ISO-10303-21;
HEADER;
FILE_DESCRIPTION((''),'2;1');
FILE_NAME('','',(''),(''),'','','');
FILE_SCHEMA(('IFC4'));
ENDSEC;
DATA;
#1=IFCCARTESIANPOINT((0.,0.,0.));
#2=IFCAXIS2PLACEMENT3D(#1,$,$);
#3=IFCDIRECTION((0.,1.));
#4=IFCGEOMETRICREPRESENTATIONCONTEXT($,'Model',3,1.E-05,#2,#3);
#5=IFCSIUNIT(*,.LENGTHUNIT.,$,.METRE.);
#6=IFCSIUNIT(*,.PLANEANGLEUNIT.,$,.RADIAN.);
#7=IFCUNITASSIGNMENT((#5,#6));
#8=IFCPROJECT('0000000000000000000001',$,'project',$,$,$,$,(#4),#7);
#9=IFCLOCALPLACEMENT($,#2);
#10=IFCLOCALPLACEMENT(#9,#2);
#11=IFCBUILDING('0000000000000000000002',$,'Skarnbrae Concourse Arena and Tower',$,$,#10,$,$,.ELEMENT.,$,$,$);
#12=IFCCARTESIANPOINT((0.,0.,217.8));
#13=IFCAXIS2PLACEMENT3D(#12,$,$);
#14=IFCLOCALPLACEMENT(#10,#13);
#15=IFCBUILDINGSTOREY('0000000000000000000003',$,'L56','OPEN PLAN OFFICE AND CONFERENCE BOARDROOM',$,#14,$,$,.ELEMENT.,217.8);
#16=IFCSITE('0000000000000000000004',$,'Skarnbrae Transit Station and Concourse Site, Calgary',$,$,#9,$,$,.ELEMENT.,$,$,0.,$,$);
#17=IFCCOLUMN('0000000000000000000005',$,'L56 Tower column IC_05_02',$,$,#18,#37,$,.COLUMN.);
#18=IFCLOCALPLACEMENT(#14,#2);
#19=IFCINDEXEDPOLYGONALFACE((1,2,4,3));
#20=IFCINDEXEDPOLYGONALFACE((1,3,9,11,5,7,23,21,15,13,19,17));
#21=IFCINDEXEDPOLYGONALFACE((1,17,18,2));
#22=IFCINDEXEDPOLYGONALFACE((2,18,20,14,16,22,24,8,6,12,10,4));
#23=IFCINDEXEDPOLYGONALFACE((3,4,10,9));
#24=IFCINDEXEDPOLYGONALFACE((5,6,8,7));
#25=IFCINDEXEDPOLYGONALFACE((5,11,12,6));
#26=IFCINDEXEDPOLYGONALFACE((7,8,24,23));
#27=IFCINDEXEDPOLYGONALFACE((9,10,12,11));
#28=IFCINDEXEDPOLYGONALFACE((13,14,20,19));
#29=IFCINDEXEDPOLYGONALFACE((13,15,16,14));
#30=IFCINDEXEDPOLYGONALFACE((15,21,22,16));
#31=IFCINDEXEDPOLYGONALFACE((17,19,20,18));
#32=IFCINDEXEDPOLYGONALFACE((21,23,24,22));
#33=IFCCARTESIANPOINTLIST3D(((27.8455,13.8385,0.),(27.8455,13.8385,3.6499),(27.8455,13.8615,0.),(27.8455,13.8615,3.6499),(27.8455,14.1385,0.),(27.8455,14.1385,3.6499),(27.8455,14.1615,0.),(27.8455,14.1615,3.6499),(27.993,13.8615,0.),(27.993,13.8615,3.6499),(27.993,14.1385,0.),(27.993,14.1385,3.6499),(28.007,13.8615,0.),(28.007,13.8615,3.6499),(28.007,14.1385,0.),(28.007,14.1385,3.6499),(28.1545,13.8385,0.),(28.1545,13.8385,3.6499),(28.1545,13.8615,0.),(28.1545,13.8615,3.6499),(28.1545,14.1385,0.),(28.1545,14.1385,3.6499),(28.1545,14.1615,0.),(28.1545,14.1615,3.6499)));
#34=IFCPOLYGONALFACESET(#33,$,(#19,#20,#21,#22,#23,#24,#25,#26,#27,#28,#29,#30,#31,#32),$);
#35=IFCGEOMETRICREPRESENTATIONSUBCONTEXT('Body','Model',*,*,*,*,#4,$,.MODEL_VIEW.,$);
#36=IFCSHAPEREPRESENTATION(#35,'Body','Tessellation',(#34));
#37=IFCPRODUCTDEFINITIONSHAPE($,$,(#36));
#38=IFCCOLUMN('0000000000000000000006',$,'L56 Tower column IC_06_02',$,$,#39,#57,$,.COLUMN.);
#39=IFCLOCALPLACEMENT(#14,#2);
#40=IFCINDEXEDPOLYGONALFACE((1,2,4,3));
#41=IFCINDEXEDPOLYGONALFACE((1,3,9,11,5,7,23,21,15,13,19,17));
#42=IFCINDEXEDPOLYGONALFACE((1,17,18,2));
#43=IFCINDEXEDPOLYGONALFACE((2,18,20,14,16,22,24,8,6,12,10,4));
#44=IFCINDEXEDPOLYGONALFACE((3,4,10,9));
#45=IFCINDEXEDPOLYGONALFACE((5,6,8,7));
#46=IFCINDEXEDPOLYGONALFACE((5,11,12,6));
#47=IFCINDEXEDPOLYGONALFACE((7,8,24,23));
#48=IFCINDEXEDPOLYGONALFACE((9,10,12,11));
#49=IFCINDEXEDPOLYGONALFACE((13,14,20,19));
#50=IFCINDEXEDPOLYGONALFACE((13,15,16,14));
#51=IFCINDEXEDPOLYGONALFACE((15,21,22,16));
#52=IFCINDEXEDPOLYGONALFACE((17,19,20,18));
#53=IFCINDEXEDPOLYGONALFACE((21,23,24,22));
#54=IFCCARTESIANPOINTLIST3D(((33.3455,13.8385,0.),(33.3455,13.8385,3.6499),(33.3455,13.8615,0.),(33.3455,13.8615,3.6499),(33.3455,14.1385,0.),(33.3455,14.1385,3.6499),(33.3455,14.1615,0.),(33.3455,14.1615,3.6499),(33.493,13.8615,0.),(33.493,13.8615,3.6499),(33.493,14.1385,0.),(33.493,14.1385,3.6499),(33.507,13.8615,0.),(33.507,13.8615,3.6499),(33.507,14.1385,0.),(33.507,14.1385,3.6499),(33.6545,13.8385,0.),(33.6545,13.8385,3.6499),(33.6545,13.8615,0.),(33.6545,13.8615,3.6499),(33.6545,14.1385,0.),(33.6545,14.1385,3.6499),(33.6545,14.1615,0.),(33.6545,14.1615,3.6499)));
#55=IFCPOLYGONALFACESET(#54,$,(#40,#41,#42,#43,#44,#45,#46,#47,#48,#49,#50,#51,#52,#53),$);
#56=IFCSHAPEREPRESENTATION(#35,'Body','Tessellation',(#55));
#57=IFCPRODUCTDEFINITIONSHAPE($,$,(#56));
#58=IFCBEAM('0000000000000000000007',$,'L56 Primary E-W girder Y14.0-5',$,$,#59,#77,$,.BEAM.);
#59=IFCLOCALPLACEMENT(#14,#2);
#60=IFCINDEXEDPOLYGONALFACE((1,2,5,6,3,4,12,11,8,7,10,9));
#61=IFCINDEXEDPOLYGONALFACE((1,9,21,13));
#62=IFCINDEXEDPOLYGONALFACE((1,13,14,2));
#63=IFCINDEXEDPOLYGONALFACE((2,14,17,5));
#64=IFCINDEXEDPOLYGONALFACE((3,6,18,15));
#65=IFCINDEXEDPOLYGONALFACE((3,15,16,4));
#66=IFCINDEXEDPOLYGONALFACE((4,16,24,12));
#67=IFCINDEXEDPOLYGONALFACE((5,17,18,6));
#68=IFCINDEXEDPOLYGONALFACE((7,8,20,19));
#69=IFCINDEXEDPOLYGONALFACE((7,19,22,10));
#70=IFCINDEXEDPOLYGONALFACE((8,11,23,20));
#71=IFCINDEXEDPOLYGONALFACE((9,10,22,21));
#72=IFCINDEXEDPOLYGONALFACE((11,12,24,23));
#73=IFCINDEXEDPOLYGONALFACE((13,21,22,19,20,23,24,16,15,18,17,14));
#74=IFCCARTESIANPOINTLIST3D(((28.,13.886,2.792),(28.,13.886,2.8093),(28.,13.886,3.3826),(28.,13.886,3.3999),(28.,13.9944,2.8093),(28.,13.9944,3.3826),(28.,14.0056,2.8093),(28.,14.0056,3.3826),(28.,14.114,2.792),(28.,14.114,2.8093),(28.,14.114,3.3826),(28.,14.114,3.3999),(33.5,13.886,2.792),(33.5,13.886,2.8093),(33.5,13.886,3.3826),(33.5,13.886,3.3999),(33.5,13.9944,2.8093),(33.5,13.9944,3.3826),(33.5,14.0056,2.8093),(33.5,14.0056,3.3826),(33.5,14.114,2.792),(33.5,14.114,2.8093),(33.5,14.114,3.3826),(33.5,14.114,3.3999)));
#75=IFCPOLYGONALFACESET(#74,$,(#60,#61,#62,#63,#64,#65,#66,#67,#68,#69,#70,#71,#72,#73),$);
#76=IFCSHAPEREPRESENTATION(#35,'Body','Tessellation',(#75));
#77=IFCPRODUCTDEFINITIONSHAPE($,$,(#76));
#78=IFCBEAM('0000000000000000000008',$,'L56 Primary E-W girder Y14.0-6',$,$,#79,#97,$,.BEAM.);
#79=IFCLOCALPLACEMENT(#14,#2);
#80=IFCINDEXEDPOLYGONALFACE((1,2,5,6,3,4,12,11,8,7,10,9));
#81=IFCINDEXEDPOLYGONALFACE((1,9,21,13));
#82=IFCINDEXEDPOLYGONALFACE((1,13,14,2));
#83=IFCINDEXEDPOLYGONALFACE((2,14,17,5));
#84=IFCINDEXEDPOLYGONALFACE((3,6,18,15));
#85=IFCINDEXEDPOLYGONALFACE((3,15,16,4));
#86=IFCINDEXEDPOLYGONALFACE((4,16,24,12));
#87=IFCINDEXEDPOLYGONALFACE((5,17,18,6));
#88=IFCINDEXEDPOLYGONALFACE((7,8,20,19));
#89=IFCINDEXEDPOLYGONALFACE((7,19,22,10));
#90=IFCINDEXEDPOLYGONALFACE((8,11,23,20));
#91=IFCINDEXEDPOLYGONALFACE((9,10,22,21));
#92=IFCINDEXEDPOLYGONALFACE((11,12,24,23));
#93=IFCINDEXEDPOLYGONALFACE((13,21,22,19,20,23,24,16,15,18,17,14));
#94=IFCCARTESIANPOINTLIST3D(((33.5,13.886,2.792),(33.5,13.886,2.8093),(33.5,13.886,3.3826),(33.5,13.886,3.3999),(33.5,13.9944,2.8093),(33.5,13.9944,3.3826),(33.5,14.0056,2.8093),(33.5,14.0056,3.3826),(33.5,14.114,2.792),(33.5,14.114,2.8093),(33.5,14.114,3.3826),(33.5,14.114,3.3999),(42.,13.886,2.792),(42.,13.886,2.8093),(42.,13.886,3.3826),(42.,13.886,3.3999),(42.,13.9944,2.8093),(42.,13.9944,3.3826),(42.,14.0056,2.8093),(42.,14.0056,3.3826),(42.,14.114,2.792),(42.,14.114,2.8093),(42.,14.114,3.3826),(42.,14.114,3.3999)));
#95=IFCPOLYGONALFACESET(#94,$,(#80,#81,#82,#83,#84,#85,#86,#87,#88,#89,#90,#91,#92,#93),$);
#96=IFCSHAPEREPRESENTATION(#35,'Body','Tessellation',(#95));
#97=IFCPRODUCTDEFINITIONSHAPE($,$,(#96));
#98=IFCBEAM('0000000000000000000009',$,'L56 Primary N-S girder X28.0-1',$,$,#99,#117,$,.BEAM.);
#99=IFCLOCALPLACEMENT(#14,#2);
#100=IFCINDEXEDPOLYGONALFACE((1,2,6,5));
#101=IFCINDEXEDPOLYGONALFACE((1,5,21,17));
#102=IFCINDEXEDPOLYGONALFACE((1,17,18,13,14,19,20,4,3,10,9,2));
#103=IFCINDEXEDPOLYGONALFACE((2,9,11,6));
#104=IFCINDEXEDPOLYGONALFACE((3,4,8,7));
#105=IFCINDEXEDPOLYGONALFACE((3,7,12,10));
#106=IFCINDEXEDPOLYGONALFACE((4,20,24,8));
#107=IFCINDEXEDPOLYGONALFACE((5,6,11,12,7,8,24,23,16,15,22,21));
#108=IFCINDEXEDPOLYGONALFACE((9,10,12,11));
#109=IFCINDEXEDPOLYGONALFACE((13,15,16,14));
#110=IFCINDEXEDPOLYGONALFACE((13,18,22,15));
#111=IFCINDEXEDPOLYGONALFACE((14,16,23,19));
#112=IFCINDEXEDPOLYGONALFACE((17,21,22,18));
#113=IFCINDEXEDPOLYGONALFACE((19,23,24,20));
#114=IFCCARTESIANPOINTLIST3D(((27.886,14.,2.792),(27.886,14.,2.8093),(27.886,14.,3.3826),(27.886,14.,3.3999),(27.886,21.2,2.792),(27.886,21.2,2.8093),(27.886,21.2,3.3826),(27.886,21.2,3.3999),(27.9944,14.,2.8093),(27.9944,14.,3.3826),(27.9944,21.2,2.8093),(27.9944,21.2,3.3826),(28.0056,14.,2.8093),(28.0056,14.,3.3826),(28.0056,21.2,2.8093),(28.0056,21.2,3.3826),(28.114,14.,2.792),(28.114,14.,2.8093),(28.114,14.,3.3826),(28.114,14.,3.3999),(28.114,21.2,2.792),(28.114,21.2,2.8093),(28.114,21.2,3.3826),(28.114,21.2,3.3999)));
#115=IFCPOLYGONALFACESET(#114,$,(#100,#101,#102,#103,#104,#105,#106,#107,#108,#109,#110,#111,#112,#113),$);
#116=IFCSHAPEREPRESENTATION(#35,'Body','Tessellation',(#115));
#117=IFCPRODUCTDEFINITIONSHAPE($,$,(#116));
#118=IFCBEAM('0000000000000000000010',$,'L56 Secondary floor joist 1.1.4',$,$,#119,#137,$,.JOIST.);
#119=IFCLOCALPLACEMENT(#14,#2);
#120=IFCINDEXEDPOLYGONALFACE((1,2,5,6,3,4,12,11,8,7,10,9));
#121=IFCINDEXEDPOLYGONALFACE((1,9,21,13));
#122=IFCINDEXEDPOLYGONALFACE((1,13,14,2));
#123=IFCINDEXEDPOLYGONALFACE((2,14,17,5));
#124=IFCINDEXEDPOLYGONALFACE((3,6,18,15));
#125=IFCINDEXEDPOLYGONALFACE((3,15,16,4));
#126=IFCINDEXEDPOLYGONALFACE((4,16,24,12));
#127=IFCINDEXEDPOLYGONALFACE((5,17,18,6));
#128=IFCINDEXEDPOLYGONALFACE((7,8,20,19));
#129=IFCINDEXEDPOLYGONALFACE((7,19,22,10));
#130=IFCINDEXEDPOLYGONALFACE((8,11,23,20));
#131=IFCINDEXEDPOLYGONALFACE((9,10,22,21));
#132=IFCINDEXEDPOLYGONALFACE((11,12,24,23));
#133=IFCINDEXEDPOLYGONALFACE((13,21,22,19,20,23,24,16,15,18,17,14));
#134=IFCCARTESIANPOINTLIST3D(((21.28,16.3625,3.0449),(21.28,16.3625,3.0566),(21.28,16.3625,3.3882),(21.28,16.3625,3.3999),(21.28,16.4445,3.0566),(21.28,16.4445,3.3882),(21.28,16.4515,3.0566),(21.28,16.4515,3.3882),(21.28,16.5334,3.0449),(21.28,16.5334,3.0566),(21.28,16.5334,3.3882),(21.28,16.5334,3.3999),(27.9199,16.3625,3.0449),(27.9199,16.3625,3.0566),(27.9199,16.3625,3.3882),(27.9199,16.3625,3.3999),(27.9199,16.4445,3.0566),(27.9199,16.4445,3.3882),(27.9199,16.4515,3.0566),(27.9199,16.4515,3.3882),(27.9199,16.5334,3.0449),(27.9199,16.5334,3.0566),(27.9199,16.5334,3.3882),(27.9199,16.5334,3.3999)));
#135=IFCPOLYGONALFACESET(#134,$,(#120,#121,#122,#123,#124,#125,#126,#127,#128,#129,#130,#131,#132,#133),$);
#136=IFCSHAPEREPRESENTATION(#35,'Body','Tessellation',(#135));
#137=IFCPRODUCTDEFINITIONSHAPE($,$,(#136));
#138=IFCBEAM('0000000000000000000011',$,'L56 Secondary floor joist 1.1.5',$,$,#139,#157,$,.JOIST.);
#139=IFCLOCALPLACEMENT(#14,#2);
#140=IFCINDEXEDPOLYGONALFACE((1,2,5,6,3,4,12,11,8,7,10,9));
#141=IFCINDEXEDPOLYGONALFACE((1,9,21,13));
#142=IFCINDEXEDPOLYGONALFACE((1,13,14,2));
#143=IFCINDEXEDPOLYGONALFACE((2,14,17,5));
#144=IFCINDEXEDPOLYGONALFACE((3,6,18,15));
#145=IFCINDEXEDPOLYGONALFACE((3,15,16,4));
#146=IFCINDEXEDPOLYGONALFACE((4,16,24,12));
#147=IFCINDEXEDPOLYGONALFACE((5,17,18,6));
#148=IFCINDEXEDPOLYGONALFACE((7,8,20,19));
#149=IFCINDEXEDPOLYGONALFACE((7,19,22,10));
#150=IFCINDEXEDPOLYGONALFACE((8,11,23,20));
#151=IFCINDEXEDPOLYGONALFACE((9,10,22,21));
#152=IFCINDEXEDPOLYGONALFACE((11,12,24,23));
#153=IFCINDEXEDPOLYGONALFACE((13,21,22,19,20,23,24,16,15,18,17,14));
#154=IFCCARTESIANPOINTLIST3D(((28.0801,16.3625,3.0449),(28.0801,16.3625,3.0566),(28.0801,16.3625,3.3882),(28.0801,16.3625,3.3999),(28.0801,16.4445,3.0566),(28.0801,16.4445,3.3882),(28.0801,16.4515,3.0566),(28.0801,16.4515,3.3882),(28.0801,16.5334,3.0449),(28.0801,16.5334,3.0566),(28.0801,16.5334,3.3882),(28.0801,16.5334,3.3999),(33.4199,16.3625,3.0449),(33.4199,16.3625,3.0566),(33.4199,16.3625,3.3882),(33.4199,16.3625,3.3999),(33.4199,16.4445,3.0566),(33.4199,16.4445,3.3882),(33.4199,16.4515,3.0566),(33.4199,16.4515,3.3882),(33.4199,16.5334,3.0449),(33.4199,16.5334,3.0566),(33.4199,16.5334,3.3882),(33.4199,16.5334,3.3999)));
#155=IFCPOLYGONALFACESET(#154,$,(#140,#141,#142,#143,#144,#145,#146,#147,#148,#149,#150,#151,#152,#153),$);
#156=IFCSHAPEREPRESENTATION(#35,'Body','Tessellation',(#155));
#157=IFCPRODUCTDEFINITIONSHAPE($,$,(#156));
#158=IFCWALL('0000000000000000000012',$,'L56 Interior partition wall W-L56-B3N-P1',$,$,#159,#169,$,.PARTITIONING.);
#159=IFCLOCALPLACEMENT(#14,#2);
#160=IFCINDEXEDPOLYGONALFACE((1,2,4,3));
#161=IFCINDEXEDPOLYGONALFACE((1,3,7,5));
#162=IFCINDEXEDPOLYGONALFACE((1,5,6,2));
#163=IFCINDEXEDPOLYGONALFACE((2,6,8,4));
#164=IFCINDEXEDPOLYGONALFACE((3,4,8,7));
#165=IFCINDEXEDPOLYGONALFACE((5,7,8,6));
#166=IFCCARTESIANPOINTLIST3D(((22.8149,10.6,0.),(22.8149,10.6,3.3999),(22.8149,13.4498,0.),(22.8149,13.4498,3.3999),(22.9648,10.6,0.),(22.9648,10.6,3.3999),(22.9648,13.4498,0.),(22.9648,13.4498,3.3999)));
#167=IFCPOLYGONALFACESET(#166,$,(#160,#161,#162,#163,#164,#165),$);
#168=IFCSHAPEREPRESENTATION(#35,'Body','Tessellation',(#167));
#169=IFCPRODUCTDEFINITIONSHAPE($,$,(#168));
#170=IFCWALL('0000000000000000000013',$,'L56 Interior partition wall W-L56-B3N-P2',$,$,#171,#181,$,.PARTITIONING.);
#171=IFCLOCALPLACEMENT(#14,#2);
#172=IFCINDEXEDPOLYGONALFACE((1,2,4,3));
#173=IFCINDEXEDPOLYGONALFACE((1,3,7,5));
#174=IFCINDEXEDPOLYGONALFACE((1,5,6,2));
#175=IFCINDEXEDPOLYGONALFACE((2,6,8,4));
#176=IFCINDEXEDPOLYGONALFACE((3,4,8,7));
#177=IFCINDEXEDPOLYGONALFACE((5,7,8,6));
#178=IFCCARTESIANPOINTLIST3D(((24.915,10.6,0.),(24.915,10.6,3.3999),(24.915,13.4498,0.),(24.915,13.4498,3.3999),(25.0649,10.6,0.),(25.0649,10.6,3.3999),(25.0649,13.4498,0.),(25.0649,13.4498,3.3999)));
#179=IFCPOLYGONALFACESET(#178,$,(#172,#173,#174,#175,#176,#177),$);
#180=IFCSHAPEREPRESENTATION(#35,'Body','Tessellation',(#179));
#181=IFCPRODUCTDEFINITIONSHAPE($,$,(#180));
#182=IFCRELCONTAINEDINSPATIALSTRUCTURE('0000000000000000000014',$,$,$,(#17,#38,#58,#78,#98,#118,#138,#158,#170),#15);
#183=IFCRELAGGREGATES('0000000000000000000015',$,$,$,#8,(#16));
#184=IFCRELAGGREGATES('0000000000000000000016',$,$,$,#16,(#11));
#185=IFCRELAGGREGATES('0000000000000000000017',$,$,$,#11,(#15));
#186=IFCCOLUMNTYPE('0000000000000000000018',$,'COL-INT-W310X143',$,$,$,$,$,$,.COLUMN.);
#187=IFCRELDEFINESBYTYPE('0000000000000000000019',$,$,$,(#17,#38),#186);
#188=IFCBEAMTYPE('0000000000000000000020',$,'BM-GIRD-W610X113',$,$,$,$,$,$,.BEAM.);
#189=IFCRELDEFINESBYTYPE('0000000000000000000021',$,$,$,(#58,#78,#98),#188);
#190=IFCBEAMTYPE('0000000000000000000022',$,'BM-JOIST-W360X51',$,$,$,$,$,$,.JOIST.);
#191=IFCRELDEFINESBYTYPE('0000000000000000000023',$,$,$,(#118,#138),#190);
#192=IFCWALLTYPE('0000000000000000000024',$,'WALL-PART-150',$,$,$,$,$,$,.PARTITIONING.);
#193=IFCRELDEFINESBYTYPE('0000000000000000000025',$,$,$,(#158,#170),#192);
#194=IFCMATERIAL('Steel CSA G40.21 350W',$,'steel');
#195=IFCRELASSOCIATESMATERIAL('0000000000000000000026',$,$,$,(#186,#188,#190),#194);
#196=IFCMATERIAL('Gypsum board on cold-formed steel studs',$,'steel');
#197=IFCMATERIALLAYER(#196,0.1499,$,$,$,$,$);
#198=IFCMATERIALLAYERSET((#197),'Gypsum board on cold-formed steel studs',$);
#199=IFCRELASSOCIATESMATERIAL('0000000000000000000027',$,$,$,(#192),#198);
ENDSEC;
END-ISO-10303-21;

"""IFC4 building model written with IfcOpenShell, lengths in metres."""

from ifc_helpers import new_model, si_unit, direction, frame, frame_2d, origin, origin_2d, place, context, subcontext, project, spatial, rectangle, i_section, extrude, source, transform, mapped, material, layer, layer_set, material_profile, profile_set, type_object, element, save


model = new_model("IFC4")

# Units and contexts
model_context = context("Model", 3, precision=1e-05, world=origin(), true_north=direction((0.0, 1.0)))
body_context = subcontext(model_context, "Body", "Model", "MODEL_VIEW")
ifc_project = project(units=[si_unit("LENGTHUNIT", "METRE"), si_unit("PLANEANGLEUNIT", "RADIAN")], contexts=[model_context])

# Site, building, storey
site_placement = place(None, origin())
site = spatial("IfcSite", under=ifc_project, at=site_placement, Name="Skarnbrae Transit Station and Concourse Site, Calgary", CompositionType="ELEMENT", RefElevation=0.0)
building_placement = place(site_placement, origin())
building = spatial("IfcBuilding", under=site, at=building_placement, Name="Skarnbrae Concourse Arena and Tower", CompositionType="ELEMENT")
storey_placement = place(building_placement, frame((0.0, 0.0, 217.8)))
storey = spatial("IfcBuildingStorey", under=building, at=storey_placement, Name="L56", Description="OPEN PLAN OFFICE AND CONFERENCE BOARDROOM", CompositionType="ELEMENT", Elevation=217.8)

# Columns
ifc_material_1 = material(Name="Steel CSA G40.21 350W", Category="steel")
ifc_material_profile_1 = material_profile(ifc_material_1, i_section(OverallWidth=0.3091, OverallDepth=0.323, WebThickness=0.0139, FlangeThickness=0.0229, at=origin_2d()), Name="W310X143")
ifc_profile_set_1 = profile_set([ifc_material_profile_1], Name="Steel CSA G40.21 350W")
column_type = type_object("IfcColumnType", Name="COL-INT-W310X143", PredefinedType="COLUMN", material=ifc_profile_set_1)
shared_shape_1 = source(origin(), body_context, "Body", "SweptSolid", [
    extrude(i_section(OverallWidth=0.3091, OverallDepth=0.323, WebThickness=0.0139, FlangeThickness=0.0229, at=origin_2d()), origin(), (0.0, 0.0, 1.0), 3.6499),
])
for number, where, z_axis, x_axis, name in (
    (1, (28.0, 14.0, 0.0), (0.0, 0.0, 1.0), (1.0, 0.0, 0.0), "L56 Tower column IC_05_02"),
    (2, (33.5, 14.0, 0.0), (0.0, 0.0, 1.0), (1.0, 0.0, 0.0), "L56 Tower column IC_06_02"),
):
    element("IfcColumn", number, at=place(storey_placement, frame(where, z_axis=z_axis, x_axis=x_axis)), inside=storey, type_object=column_type, Name=name, PredefinedType="COLUMN", context=body_context, shape_type="MappedRepresentation", body=[
        mapped(shared_shape_1, transform((0.0, 0.0, 0.0))),
    ])

# Beams
ifc_material_profile_2 = material_profile(ifc_material_1, i_section(OverallWidth=0.228, OverallDepth=0.6079, WebThickness=0.0112, FlangeThickness=0.0173, at=origin_2d()), Name="W610X113")
ifc_profile_set_2 = profile_set([ifc_material_profile_2], Name="Steel CSA G40.21 350W")
beam_type_1 = type_object("IfcBeamType", Name="BM-GIRD-W610X113", PredefinedType="BEAM", material=ifc_profile_set_2)
shared_shape_2 = source(origin(), body_context, "Body", "SweptSolid", [
    extrude(i_section(OverallWidth=0.228, OverallDepth=0.6079, WebThickness=0.0112, FlangeThickness=0.0173, at=origin_2d()), origin(), (0.0, 0.0, 1.0), 5.5),
])
beam_1_placement = place(storey_placement, frame((28.0, 14.0, 3.0959), z_axis=(1.0, 0.0, 0.0), x_axis=(0.0, 1.0, 0.0)))
element("IfcBeam", 3, at=beam_1_placement, inside=storey, type_object=beam_type_1, Name="L56 Primary E-W girder Y14.0-5", PredefinedType="BEAM", context=body_context, shape_type="MappedRepresentation", body=[
    mapped(shared_shape_2, transform((0.0, 0.0, 0.0))),
])
shared_shape_3 = source(origin(), body_context, "Body", "SweptSolid", [
    extrude(i_section(OverallWidth=0.228, OverallDepth=0.6079, WebThickness=0.0112, FlangeThickness=0.0173, at=origin_2d()), origin(), (0.0, 0.0, 1.0), 8.5),
])
beam_2_placement = place(storey_placement, frame((33.5, 14.0, 3.0959), z_axis=(1.0, 0.0, 0.0), x_axis=(0.0, 1.0, 0.0)))
element("IfcBeam", 4, at=beam_2_placement, inside=storey, type_object=beam_type_1, Name="L56 Primary E-W girder Y14.0-6", PredefinedType="BEAM", context=body_context, shape_type="MappedRepresentation", body=[
    mapped(shared_shape_3, transform((0.0, 0.0, 0.0))),
])
shared_shape_4 = source(origin(), body_context, "Body", "SweptSolid", [
    extrude(i_section(OverallWidth=0.228, OverallDepth=0.6079, WebThickness=0.0112, FlangeThickness=0.0173, at=origin_2d()), origin(), (0.0, 0.0, 1.0), 7.2),
])
beam_3_placement = place(storey_placement, frame((28.0, 14.0, 3.0959), z_axis=(0.0, 1.0, 0.0), x_axis=(-1.0, 0.0, 0.0)))
element("IfcBeam", 5, at=beam_3_placement, inside=storey, type_object=beam_type_1, Name="L56 Primary N-S girder X28.0-1", PredefinedType="BEAM", context=body_context, shape_type="MappedRepresentation", body=[
    mapped(shared_shape_4, transform((0.0, 0.0, 0.0))),
])
ifc_material_profile_3 = material_profile(ifc_material_1, i_section(OverallWidth=0.1709, OverallDepth=0.355, WebThickness=0.0071, FlangeThickness=0.0117, at=origin_2d()), Name="W360X51")
ifc_profile_set_3 = profile_set([ifc_material_profile_3], Name="Steel CSA G40.21 350W")
beam_type_2 = type_object("IfcBeamType", Name="BM-JOIST-W360X51", PredefinedType="JOIST", material=ifc_profile_set_3)
shared_shape_5 = source(origin(), body_context, "Body", "SweptSolid", [
    extrude(i_section(OverallWidth=0.1709, OverallDepth=0.355, WebThickness=0.0071, FlangeThickness=0.0117, at=origin_2d()), origin(), (0.0, 0.0, 1.0), 6.6399),
])
beam_4_placement = place(storey_placement, frame((21.28, 16.448, 3.2224), z_axis=(1.0, 0.0, 0.0), x_axis=(0.0, 1.0, 0.0)))
element("IfcBeam", 6, at=beam_4_placement, inside=storey, type_object=beam_type_2, Name="L56 Secondary floor joist 1.1.4", PredefinedType="JOIST", context=body_context, shape_type="MappedRepresentation", body=[
    mapped(shared_shape_5, transform((0.0, 0.0, 0.0))),
])
shared_shape_6 = source(origin(), body_context, "Body", "SweptSolid", [
    extrude(i_section(OverallWidth=0.1709, OverallDepth=0.355, WebThickness=0.0071, FlangeThickness=0.0117, at=origin_2d()), origin(), (0.0, 0.0, 1.0), 5.3398),
])
beam_5_placement = place(storey_placement, frame((28.0801, 16.448, 3.2224), z_axis=(1.0, 0.0, 0.0), x_axis=(0.0, 1.0, 0.0)))
element("IfcBeam", 7, at=beam_5_placement, inside=storey, type_object=beam_type_2, Name="L56 Secondary floor joist 1.1.5", PredefinedType="JOIST", context=body_context, shape_type="MappedRepresentation", body=[
    mapped(shared_shape_6, transform((0.0, 0.0, 0.0))),
])

# Walls
ifc_material_2 = material(Name="Gypsum board on cold-formed steel studs", Category="steel")
ifc_layer_1 = layer(ifc_material_2, 0.1499)
ifc_layer_set_1 = layer_set([ifc_layer_1], Name="Gypsum board on cold-formed steel studs")
wall_type_1 = type_object("IfcWallType", Name="WALL-PART-150", PredefinedType="PARTITIONING", material=ifc_layer_set_1)
shared_shape_7 = source(origin(), body_context, "Body", "SweptSolid", [
    extrude(rectangle(XDim=2.8499, YDim=0.1499, at=frame_2d((1.4248, 0.0))), origin(), (0.0, 0.0, 1.0), 3.3999),
])
for number, where, z_axis, x_axis, name in (
    (8, (22.8899, 10.6001, 0.0), (0.0, 0.0, 1.0), (0.0, 1.0, 0.0), "L56 Interior partition wall W-L56-B3N-P1"),
    (9, (24.99, 10.6001, 0.0), (0.0, 0.0, 1.0), (0.0, 1.0, 0.0), "L56 Interior partition wall W-L56-B3N-P2"),
):
    element("IfcWall", number, at=place(storey_placement, frame(where, z_axis=z_axis, x_axis=x_axis)), inside=storey, type_object=wall_type_1, Name=name, PredefinedType="PARTITIONING", context=body_context, shape_type="MappedRepresentation", body=[
        mapped(shared_shape_7, transform((0.0, 0.0, 0.0))),
    ])

save(model, "model.ifc")
